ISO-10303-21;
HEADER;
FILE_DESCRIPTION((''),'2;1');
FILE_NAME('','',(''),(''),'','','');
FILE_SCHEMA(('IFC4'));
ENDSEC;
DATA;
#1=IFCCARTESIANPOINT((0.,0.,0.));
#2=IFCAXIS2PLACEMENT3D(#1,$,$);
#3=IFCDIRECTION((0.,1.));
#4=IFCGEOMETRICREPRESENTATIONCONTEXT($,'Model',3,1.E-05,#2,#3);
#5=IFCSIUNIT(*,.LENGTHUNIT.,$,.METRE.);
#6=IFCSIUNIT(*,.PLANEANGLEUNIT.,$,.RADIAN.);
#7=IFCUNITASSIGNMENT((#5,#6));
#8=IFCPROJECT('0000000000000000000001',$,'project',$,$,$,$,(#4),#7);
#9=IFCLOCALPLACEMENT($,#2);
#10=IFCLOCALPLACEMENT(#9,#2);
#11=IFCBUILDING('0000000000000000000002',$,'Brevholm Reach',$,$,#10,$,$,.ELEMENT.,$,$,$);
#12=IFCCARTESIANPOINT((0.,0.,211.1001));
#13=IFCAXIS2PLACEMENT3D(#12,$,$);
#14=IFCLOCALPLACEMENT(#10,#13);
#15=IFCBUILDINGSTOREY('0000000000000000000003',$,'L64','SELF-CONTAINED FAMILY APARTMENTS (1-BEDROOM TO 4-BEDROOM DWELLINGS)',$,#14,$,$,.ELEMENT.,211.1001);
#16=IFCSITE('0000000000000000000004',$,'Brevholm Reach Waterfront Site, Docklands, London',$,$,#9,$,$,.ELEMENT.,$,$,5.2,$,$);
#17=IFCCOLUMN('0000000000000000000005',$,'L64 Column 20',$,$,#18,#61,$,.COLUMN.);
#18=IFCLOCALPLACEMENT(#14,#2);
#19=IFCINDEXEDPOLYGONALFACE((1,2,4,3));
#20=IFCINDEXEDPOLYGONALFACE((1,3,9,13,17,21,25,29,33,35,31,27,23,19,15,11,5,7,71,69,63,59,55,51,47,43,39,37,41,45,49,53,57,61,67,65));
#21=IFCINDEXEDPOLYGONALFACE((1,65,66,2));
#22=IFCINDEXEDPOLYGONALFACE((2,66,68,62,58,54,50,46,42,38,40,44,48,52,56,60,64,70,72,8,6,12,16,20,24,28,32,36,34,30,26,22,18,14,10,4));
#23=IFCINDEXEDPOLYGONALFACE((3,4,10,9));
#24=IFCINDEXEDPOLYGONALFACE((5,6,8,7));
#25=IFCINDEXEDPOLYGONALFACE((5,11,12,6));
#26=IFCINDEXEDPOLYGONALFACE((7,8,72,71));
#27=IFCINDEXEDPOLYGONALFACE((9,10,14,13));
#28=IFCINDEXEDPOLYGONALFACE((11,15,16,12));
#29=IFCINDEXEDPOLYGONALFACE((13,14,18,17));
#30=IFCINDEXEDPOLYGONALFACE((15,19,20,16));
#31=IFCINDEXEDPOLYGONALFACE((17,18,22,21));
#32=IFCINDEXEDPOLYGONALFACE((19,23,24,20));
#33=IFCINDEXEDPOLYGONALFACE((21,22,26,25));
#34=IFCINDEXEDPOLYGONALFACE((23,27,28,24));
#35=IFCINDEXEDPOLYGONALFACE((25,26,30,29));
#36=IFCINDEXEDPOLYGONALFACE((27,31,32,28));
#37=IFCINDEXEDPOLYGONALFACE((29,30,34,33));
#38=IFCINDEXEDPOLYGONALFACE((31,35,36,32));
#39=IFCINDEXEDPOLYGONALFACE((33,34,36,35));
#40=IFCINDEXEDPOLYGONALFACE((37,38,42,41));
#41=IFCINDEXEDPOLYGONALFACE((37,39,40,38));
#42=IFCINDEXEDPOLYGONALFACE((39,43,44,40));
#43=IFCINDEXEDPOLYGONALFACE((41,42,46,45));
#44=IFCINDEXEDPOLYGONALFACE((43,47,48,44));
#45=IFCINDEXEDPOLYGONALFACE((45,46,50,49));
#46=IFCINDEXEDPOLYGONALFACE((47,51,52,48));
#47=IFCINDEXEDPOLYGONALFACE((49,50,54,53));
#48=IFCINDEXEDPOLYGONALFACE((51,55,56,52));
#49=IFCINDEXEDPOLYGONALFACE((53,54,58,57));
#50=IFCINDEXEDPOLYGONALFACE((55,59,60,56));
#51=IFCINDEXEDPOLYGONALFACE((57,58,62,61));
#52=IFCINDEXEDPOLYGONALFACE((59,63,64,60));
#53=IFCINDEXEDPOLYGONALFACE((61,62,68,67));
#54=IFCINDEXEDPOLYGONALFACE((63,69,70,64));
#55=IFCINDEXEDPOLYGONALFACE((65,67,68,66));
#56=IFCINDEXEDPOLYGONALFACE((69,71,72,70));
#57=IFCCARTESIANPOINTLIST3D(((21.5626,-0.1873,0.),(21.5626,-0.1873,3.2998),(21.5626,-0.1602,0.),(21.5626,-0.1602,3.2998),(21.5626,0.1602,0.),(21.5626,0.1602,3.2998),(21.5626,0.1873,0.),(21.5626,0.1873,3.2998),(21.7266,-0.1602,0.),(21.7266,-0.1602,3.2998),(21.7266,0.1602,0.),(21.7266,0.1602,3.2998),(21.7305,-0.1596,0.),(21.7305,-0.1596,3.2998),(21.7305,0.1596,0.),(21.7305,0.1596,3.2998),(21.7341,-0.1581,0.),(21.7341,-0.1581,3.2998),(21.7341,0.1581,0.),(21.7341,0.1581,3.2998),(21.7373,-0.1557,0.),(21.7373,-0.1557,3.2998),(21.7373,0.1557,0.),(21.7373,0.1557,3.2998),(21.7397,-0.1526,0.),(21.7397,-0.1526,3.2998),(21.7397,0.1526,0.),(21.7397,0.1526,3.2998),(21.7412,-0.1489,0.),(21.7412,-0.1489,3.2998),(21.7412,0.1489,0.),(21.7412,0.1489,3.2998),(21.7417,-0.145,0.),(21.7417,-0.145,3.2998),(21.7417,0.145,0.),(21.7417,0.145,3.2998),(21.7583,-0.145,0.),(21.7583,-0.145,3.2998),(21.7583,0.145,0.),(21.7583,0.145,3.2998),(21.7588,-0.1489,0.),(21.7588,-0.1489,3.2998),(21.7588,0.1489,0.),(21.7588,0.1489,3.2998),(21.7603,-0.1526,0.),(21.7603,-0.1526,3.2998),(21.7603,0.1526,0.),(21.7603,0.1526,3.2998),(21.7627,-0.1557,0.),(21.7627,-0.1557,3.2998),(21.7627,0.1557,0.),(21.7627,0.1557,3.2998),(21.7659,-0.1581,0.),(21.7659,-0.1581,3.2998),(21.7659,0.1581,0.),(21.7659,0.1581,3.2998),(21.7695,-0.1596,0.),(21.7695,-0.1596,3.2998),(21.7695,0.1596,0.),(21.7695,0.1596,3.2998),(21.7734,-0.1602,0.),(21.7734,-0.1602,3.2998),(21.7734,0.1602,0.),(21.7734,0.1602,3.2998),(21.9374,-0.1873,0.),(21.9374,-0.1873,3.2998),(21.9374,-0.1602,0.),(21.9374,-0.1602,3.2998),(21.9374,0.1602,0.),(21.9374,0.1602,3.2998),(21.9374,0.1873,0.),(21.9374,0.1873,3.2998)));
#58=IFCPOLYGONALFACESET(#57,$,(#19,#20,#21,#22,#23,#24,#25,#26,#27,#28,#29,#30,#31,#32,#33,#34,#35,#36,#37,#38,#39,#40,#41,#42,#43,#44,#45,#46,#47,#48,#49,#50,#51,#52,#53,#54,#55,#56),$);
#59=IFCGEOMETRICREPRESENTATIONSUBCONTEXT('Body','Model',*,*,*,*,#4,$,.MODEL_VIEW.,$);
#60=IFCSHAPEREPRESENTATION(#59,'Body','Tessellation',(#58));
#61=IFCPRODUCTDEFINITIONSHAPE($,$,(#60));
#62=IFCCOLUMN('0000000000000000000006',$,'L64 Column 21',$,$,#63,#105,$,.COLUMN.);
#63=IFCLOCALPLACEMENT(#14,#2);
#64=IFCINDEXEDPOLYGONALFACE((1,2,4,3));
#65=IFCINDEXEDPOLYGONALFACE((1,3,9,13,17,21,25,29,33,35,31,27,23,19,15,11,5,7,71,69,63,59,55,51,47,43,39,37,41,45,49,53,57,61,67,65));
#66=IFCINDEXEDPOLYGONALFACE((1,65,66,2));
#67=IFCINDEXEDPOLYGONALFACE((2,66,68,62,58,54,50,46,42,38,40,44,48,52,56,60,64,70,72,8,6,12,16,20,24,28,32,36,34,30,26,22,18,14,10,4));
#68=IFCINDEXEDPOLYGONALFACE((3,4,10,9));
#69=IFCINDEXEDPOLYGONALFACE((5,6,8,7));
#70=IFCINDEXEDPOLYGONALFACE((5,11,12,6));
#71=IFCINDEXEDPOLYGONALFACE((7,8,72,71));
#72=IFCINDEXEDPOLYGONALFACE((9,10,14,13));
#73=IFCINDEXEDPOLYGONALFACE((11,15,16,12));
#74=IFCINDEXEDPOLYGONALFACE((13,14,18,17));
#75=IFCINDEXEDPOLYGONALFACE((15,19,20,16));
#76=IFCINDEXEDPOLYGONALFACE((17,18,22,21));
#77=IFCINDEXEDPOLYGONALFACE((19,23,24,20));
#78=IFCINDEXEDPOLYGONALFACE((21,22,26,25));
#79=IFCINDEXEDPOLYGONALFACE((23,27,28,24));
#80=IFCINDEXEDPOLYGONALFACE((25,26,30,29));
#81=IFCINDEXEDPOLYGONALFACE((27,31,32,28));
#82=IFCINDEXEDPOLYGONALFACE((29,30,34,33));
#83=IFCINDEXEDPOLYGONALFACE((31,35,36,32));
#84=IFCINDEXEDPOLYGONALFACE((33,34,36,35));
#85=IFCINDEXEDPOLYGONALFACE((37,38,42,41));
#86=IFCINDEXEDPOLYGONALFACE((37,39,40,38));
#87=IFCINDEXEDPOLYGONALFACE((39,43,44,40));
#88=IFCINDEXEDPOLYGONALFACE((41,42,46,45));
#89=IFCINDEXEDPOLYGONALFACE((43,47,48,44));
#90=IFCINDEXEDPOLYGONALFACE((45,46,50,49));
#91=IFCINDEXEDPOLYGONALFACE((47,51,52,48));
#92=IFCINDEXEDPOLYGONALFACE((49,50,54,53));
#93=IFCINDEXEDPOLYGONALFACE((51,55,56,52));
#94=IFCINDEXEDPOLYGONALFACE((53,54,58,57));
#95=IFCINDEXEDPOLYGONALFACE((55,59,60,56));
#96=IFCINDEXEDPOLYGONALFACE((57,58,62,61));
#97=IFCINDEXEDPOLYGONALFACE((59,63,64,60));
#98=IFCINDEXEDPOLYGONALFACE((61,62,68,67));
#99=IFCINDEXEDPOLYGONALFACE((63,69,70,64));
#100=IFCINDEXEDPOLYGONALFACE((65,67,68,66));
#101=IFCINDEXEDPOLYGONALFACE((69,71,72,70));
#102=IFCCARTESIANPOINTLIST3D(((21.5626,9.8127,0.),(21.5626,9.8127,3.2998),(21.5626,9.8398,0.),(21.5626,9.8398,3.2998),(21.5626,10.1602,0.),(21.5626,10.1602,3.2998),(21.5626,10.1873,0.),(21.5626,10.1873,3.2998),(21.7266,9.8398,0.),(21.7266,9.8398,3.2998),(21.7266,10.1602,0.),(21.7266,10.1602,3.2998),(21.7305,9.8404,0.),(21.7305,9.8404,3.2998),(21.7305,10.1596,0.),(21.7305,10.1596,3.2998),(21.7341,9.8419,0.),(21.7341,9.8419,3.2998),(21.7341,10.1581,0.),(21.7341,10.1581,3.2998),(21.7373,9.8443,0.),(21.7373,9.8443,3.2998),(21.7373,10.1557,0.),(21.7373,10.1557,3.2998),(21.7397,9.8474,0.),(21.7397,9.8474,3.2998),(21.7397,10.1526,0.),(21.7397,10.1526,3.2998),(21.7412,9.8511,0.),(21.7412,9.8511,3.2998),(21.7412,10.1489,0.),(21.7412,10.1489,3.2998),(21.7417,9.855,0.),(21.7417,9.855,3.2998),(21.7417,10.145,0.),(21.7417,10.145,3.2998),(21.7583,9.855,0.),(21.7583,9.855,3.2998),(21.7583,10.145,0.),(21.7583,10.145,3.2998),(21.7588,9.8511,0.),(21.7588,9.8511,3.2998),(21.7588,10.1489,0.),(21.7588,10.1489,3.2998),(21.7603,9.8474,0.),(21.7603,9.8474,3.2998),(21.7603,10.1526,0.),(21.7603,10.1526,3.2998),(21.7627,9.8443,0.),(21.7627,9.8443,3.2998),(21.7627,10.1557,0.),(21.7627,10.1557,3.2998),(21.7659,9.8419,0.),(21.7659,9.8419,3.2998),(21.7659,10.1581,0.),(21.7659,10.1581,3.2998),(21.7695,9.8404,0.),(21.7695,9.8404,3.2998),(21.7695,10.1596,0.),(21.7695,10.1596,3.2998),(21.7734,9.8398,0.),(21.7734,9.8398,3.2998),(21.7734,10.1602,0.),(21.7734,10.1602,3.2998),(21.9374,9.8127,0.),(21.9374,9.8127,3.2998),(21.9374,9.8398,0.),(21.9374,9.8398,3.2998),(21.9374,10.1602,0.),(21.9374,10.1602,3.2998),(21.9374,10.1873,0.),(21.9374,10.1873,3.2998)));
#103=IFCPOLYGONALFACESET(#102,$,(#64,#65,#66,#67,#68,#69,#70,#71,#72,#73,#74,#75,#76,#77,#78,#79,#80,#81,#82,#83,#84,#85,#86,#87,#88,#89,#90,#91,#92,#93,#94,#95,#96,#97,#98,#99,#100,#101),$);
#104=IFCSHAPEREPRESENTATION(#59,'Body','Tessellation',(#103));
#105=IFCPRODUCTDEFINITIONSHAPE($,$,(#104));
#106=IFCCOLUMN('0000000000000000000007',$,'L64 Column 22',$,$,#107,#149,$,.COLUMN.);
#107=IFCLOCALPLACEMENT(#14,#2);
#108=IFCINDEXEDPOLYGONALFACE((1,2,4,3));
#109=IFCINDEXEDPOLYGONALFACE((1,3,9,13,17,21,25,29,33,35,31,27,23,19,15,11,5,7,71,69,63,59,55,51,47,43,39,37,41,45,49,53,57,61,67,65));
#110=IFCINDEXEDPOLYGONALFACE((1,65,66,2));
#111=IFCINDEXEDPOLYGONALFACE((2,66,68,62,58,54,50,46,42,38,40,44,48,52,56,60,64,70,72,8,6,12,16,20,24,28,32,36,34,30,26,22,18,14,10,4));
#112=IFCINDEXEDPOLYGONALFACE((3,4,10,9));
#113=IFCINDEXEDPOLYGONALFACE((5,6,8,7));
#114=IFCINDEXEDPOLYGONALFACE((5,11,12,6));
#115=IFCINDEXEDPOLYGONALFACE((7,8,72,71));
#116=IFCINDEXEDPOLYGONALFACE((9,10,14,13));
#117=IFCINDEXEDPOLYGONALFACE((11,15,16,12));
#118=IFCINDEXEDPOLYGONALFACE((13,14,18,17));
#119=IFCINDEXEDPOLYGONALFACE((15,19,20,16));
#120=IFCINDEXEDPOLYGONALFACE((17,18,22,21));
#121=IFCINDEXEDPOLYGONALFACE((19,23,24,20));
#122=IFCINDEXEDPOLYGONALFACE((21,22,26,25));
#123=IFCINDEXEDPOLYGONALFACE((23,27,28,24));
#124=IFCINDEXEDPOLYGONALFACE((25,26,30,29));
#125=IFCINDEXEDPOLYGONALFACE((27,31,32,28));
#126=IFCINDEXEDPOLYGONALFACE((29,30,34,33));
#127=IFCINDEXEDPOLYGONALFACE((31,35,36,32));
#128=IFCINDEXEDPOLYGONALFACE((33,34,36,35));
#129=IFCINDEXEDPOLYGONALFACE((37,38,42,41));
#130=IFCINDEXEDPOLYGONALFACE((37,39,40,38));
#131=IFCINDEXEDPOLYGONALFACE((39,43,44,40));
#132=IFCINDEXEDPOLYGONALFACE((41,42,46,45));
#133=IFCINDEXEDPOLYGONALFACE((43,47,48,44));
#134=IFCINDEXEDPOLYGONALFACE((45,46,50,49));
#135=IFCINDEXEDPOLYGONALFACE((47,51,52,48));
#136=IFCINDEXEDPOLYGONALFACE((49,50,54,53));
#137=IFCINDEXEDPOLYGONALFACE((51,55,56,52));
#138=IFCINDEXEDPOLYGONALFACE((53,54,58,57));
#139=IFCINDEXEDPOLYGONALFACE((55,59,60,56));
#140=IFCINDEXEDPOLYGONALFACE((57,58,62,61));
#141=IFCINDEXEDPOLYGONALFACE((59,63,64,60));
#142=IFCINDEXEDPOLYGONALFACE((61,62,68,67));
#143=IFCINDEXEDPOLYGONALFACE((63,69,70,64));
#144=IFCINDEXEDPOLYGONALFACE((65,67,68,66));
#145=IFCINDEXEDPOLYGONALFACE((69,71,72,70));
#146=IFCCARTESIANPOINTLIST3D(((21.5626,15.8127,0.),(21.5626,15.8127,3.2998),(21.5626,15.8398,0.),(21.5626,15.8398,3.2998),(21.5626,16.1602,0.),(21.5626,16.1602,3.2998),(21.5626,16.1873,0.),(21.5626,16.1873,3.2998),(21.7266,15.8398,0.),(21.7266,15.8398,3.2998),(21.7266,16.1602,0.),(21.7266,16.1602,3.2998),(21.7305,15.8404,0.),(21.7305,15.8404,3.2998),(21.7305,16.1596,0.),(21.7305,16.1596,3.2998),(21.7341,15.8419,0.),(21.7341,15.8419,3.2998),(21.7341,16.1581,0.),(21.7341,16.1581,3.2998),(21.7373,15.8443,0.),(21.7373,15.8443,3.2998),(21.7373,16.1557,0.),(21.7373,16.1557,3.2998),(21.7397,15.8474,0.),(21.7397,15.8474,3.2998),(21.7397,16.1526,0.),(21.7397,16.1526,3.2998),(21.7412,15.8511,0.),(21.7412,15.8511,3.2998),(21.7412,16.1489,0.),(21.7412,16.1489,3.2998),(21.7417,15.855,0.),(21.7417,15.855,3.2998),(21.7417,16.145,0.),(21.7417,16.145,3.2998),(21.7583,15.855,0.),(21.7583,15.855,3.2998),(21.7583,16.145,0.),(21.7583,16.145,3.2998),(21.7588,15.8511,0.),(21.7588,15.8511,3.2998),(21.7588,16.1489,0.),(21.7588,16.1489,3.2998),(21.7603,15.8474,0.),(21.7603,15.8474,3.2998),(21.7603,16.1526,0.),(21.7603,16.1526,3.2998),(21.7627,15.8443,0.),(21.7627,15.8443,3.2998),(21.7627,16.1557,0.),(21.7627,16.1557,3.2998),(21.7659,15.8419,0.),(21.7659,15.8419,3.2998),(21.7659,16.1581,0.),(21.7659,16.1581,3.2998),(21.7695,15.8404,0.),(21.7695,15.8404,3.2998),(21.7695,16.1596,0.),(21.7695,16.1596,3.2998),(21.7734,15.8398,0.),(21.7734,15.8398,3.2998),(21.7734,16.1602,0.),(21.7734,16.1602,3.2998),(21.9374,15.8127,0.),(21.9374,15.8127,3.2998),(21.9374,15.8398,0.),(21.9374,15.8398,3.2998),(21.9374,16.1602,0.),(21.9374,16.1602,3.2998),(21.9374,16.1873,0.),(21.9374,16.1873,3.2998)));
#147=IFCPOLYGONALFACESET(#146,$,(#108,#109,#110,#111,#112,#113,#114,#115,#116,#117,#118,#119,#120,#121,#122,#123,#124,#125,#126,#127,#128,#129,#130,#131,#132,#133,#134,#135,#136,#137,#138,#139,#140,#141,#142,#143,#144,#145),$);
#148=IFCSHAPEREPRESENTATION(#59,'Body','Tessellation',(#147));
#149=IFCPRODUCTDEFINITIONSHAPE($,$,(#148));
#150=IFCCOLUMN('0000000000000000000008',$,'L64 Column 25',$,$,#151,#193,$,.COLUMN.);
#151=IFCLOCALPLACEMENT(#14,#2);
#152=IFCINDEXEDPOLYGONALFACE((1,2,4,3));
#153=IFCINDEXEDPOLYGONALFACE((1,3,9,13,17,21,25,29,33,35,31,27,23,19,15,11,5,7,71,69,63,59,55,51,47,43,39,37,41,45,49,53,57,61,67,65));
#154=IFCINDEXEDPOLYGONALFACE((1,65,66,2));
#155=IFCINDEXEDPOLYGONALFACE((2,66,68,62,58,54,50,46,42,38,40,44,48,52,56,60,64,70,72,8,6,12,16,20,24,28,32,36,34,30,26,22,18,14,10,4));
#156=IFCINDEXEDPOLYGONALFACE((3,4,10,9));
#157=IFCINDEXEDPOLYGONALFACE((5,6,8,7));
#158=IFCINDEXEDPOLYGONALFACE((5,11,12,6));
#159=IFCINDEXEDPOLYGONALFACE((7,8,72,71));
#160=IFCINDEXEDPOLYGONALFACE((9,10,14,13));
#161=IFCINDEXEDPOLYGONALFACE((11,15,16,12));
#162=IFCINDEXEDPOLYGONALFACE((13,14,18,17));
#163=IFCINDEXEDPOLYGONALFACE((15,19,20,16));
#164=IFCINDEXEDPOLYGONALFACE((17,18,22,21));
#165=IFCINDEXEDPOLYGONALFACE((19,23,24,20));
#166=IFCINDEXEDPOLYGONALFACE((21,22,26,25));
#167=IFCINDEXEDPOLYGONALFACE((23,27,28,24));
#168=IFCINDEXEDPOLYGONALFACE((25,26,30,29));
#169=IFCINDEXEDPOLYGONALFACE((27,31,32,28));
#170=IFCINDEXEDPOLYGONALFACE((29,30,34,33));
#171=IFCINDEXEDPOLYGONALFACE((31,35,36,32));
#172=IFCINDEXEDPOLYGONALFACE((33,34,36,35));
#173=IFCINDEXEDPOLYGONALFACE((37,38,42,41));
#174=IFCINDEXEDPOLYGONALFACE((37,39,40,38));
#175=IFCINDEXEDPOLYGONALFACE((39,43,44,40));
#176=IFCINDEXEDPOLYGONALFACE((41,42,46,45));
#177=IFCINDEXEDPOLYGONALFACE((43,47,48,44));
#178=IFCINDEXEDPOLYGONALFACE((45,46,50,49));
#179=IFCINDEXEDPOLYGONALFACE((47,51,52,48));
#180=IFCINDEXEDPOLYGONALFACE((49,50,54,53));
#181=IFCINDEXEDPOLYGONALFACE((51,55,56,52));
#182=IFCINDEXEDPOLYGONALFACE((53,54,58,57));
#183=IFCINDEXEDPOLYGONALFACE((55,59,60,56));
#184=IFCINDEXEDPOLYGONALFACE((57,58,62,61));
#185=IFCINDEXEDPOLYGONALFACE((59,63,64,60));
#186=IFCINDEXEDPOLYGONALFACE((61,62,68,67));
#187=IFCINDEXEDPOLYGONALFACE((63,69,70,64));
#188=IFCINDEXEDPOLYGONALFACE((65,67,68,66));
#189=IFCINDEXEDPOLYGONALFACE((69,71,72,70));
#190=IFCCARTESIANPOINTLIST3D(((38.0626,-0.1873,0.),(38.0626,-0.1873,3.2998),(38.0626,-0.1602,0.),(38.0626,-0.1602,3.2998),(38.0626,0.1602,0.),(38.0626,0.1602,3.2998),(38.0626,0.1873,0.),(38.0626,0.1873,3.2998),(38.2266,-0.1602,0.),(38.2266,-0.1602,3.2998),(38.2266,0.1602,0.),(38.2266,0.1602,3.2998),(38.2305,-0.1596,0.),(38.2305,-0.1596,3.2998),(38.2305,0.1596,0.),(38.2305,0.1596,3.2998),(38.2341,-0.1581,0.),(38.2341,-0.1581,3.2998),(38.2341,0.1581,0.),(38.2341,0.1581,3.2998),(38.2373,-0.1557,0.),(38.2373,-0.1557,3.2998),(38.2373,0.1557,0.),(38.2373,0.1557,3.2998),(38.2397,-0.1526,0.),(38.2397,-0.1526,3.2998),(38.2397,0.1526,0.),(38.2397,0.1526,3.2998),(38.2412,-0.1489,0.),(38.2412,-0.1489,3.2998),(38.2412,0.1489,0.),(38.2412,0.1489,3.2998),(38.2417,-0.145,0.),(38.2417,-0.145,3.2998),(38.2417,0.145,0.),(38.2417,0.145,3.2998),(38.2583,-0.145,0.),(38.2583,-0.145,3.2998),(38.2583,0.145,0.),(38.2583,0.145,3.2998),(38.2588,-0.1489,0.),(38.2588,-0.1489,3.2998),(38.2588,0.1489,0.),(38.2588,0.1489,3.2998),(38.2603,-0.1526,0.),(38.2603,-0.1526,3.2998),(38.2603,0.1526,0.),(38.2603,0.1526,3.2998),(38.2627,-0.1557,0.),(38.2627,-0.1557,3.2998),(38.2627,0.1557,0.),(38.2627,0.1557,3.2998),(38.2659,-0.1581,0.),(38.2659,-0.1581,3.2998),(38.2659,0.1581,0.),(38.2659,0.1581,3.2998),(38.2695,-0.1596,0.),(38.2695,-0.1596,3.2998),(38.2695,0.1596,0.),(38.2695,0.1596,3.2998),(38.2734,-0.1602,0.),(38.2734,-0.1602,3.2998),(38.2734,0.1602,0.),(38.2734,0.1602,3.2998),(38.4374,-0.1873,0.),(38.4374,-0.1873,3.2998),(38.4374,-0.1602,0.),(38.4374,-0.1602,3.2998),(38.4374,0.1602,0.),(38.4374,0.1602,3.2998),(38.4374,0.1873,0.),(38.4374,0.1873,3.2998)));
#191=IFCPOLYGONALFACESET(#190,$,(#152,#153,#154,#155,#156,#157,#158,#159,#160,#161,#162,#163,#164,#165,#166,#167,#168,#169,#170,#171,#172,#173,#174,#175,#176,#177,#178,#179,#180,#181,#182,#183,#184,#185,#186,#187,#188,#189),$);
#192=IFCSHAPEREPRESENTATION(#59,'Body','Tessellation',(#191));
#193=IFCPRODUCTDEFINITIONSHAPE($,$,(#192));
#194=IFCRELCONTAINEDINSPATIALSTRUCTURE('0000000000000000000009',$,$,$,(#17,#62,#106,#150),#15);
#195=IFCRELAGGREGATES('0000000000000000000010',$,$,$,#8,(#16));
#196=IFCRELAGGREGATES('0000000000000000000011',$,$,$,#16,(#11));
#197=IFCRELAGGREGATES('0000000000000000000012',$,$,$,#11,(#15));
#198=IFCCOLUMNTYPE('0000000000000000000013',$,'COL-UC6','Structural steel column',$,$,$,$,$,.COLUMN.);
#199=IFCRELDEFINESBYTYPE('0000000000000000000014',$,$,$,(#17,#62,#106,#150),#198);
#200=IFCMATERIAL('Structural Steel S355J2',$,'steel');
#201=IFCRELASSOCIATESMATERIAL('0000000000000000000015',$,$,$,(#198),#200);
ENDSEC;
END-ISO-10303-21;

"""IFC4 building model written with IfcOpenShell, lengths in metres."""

from ifc_helpers import new_model, si_unit, direction, frame, origin, origin_2d, place, context, subcontext, project, spatial, i_section, extrude, material, material_profile, profile_set, type_object, element, save


model = new_model("IFC4")

# Units and contexts
model_context = context("Model", 3, precision=1e-05, world=origin(), true_north=direction((0.0, 1.0)))
body_context = subcontext(model_context, "Body", "Model", "MODEL_VIEW")
ifc_project = project(units=[si_unit("LENGTHUNIT", "METRE"), si_unit("PLANEANGLEUNIT", "RADIAN")], contexts=[model_context])

# Site, building, storey
site_placement = place(None, origin())
site = spatial("IfcSite", under=ifc_project, at=site_placement, Name="Brevholm Reach Waterfront Site, Docklands, London", CompositionType="ELEMENT", RefElevation=5.2)
building_placement = place(site_placement, origin())
building = spatial("IfcBuilding", under=site, at=building_placement, Name="Brevholm Reach", CompositionType="ELEMENT")
storey_placement = place(building_placement, frame((0.0, 0.0, 211.1001)))
storey = spatial("IfcBuildingStorey", under=building, at=storey_placement, Name="L64", Description="SELF-CONTAINED FAMILY APARTMENTS (1-BEDROOM TO 4-BEDROOM DWELLINGS)", CompositionType="ELEMENT", Elevation=211.1001)

# Columns
ifc_material_1 = material(Name="Structural Steel S355J2", Category="steel")
ifc_material_profile_1 = material_profile(ifc_material_1, i_section(OverallWidth=0.3748, OverallDepth=0.3745, WebThickness=0.0166, FlangeThickness=0.0271, FilletRadius=0.0151, at=origin_2d()), Name="UKC 356x368x202")
ifc_profile_set_1 = profile_set([ifc_material_profile_1], Name="Structural Steel S355J2")
column_type = type_object("IfcColumnType", Name="COL-UC6", Description="Structural steel column", PredefinedType="COLUMN", material=ifc_profile_set_1)
for number, where, z_axis, x_axis, name in (
    (1, (21.75, 0.0, 0.0), (0.0, 0.0, 1.0), (1.0, 0.0, 0.0), "L64 Column 20"),
    (2, (21.75, 10.0, 0.0), (0.0, 0.0, 1.0), (1.0, 0.0, 0.0), "L64 Column 21"),
    (3, (21.75, 16.0, 0.0), (0.0, 0.0, 1.0), (1.0, 0.0, 0.0), "L64 Column 22"),
    (4, (38.25, 0.0, 0.0), (0.0, 0.0, 1.0), (1.0, 0.0, 0.0), "L64 Column 25"),
):
    element("IfcColumn", number, at=place(storey_placement, frame(where, z_axis=z_axis, x_axis=x_axis)), inside=storey, type_object=column_type, Name=name, PredefinedType="COLUMN", context=body_context, shape_type="SweptSolid", body=[
        extrude(i_section(OverallWidth=0.3748, OverallDepth=0.3745, WebThickness=0.0166, FlangeThickness=0.0271, FilletRadius=0.0151, at=origin_2d()), origin(), (0.0, 0.0, 1.0), 3.2998),
    ])

save(model, "model.ifc")
